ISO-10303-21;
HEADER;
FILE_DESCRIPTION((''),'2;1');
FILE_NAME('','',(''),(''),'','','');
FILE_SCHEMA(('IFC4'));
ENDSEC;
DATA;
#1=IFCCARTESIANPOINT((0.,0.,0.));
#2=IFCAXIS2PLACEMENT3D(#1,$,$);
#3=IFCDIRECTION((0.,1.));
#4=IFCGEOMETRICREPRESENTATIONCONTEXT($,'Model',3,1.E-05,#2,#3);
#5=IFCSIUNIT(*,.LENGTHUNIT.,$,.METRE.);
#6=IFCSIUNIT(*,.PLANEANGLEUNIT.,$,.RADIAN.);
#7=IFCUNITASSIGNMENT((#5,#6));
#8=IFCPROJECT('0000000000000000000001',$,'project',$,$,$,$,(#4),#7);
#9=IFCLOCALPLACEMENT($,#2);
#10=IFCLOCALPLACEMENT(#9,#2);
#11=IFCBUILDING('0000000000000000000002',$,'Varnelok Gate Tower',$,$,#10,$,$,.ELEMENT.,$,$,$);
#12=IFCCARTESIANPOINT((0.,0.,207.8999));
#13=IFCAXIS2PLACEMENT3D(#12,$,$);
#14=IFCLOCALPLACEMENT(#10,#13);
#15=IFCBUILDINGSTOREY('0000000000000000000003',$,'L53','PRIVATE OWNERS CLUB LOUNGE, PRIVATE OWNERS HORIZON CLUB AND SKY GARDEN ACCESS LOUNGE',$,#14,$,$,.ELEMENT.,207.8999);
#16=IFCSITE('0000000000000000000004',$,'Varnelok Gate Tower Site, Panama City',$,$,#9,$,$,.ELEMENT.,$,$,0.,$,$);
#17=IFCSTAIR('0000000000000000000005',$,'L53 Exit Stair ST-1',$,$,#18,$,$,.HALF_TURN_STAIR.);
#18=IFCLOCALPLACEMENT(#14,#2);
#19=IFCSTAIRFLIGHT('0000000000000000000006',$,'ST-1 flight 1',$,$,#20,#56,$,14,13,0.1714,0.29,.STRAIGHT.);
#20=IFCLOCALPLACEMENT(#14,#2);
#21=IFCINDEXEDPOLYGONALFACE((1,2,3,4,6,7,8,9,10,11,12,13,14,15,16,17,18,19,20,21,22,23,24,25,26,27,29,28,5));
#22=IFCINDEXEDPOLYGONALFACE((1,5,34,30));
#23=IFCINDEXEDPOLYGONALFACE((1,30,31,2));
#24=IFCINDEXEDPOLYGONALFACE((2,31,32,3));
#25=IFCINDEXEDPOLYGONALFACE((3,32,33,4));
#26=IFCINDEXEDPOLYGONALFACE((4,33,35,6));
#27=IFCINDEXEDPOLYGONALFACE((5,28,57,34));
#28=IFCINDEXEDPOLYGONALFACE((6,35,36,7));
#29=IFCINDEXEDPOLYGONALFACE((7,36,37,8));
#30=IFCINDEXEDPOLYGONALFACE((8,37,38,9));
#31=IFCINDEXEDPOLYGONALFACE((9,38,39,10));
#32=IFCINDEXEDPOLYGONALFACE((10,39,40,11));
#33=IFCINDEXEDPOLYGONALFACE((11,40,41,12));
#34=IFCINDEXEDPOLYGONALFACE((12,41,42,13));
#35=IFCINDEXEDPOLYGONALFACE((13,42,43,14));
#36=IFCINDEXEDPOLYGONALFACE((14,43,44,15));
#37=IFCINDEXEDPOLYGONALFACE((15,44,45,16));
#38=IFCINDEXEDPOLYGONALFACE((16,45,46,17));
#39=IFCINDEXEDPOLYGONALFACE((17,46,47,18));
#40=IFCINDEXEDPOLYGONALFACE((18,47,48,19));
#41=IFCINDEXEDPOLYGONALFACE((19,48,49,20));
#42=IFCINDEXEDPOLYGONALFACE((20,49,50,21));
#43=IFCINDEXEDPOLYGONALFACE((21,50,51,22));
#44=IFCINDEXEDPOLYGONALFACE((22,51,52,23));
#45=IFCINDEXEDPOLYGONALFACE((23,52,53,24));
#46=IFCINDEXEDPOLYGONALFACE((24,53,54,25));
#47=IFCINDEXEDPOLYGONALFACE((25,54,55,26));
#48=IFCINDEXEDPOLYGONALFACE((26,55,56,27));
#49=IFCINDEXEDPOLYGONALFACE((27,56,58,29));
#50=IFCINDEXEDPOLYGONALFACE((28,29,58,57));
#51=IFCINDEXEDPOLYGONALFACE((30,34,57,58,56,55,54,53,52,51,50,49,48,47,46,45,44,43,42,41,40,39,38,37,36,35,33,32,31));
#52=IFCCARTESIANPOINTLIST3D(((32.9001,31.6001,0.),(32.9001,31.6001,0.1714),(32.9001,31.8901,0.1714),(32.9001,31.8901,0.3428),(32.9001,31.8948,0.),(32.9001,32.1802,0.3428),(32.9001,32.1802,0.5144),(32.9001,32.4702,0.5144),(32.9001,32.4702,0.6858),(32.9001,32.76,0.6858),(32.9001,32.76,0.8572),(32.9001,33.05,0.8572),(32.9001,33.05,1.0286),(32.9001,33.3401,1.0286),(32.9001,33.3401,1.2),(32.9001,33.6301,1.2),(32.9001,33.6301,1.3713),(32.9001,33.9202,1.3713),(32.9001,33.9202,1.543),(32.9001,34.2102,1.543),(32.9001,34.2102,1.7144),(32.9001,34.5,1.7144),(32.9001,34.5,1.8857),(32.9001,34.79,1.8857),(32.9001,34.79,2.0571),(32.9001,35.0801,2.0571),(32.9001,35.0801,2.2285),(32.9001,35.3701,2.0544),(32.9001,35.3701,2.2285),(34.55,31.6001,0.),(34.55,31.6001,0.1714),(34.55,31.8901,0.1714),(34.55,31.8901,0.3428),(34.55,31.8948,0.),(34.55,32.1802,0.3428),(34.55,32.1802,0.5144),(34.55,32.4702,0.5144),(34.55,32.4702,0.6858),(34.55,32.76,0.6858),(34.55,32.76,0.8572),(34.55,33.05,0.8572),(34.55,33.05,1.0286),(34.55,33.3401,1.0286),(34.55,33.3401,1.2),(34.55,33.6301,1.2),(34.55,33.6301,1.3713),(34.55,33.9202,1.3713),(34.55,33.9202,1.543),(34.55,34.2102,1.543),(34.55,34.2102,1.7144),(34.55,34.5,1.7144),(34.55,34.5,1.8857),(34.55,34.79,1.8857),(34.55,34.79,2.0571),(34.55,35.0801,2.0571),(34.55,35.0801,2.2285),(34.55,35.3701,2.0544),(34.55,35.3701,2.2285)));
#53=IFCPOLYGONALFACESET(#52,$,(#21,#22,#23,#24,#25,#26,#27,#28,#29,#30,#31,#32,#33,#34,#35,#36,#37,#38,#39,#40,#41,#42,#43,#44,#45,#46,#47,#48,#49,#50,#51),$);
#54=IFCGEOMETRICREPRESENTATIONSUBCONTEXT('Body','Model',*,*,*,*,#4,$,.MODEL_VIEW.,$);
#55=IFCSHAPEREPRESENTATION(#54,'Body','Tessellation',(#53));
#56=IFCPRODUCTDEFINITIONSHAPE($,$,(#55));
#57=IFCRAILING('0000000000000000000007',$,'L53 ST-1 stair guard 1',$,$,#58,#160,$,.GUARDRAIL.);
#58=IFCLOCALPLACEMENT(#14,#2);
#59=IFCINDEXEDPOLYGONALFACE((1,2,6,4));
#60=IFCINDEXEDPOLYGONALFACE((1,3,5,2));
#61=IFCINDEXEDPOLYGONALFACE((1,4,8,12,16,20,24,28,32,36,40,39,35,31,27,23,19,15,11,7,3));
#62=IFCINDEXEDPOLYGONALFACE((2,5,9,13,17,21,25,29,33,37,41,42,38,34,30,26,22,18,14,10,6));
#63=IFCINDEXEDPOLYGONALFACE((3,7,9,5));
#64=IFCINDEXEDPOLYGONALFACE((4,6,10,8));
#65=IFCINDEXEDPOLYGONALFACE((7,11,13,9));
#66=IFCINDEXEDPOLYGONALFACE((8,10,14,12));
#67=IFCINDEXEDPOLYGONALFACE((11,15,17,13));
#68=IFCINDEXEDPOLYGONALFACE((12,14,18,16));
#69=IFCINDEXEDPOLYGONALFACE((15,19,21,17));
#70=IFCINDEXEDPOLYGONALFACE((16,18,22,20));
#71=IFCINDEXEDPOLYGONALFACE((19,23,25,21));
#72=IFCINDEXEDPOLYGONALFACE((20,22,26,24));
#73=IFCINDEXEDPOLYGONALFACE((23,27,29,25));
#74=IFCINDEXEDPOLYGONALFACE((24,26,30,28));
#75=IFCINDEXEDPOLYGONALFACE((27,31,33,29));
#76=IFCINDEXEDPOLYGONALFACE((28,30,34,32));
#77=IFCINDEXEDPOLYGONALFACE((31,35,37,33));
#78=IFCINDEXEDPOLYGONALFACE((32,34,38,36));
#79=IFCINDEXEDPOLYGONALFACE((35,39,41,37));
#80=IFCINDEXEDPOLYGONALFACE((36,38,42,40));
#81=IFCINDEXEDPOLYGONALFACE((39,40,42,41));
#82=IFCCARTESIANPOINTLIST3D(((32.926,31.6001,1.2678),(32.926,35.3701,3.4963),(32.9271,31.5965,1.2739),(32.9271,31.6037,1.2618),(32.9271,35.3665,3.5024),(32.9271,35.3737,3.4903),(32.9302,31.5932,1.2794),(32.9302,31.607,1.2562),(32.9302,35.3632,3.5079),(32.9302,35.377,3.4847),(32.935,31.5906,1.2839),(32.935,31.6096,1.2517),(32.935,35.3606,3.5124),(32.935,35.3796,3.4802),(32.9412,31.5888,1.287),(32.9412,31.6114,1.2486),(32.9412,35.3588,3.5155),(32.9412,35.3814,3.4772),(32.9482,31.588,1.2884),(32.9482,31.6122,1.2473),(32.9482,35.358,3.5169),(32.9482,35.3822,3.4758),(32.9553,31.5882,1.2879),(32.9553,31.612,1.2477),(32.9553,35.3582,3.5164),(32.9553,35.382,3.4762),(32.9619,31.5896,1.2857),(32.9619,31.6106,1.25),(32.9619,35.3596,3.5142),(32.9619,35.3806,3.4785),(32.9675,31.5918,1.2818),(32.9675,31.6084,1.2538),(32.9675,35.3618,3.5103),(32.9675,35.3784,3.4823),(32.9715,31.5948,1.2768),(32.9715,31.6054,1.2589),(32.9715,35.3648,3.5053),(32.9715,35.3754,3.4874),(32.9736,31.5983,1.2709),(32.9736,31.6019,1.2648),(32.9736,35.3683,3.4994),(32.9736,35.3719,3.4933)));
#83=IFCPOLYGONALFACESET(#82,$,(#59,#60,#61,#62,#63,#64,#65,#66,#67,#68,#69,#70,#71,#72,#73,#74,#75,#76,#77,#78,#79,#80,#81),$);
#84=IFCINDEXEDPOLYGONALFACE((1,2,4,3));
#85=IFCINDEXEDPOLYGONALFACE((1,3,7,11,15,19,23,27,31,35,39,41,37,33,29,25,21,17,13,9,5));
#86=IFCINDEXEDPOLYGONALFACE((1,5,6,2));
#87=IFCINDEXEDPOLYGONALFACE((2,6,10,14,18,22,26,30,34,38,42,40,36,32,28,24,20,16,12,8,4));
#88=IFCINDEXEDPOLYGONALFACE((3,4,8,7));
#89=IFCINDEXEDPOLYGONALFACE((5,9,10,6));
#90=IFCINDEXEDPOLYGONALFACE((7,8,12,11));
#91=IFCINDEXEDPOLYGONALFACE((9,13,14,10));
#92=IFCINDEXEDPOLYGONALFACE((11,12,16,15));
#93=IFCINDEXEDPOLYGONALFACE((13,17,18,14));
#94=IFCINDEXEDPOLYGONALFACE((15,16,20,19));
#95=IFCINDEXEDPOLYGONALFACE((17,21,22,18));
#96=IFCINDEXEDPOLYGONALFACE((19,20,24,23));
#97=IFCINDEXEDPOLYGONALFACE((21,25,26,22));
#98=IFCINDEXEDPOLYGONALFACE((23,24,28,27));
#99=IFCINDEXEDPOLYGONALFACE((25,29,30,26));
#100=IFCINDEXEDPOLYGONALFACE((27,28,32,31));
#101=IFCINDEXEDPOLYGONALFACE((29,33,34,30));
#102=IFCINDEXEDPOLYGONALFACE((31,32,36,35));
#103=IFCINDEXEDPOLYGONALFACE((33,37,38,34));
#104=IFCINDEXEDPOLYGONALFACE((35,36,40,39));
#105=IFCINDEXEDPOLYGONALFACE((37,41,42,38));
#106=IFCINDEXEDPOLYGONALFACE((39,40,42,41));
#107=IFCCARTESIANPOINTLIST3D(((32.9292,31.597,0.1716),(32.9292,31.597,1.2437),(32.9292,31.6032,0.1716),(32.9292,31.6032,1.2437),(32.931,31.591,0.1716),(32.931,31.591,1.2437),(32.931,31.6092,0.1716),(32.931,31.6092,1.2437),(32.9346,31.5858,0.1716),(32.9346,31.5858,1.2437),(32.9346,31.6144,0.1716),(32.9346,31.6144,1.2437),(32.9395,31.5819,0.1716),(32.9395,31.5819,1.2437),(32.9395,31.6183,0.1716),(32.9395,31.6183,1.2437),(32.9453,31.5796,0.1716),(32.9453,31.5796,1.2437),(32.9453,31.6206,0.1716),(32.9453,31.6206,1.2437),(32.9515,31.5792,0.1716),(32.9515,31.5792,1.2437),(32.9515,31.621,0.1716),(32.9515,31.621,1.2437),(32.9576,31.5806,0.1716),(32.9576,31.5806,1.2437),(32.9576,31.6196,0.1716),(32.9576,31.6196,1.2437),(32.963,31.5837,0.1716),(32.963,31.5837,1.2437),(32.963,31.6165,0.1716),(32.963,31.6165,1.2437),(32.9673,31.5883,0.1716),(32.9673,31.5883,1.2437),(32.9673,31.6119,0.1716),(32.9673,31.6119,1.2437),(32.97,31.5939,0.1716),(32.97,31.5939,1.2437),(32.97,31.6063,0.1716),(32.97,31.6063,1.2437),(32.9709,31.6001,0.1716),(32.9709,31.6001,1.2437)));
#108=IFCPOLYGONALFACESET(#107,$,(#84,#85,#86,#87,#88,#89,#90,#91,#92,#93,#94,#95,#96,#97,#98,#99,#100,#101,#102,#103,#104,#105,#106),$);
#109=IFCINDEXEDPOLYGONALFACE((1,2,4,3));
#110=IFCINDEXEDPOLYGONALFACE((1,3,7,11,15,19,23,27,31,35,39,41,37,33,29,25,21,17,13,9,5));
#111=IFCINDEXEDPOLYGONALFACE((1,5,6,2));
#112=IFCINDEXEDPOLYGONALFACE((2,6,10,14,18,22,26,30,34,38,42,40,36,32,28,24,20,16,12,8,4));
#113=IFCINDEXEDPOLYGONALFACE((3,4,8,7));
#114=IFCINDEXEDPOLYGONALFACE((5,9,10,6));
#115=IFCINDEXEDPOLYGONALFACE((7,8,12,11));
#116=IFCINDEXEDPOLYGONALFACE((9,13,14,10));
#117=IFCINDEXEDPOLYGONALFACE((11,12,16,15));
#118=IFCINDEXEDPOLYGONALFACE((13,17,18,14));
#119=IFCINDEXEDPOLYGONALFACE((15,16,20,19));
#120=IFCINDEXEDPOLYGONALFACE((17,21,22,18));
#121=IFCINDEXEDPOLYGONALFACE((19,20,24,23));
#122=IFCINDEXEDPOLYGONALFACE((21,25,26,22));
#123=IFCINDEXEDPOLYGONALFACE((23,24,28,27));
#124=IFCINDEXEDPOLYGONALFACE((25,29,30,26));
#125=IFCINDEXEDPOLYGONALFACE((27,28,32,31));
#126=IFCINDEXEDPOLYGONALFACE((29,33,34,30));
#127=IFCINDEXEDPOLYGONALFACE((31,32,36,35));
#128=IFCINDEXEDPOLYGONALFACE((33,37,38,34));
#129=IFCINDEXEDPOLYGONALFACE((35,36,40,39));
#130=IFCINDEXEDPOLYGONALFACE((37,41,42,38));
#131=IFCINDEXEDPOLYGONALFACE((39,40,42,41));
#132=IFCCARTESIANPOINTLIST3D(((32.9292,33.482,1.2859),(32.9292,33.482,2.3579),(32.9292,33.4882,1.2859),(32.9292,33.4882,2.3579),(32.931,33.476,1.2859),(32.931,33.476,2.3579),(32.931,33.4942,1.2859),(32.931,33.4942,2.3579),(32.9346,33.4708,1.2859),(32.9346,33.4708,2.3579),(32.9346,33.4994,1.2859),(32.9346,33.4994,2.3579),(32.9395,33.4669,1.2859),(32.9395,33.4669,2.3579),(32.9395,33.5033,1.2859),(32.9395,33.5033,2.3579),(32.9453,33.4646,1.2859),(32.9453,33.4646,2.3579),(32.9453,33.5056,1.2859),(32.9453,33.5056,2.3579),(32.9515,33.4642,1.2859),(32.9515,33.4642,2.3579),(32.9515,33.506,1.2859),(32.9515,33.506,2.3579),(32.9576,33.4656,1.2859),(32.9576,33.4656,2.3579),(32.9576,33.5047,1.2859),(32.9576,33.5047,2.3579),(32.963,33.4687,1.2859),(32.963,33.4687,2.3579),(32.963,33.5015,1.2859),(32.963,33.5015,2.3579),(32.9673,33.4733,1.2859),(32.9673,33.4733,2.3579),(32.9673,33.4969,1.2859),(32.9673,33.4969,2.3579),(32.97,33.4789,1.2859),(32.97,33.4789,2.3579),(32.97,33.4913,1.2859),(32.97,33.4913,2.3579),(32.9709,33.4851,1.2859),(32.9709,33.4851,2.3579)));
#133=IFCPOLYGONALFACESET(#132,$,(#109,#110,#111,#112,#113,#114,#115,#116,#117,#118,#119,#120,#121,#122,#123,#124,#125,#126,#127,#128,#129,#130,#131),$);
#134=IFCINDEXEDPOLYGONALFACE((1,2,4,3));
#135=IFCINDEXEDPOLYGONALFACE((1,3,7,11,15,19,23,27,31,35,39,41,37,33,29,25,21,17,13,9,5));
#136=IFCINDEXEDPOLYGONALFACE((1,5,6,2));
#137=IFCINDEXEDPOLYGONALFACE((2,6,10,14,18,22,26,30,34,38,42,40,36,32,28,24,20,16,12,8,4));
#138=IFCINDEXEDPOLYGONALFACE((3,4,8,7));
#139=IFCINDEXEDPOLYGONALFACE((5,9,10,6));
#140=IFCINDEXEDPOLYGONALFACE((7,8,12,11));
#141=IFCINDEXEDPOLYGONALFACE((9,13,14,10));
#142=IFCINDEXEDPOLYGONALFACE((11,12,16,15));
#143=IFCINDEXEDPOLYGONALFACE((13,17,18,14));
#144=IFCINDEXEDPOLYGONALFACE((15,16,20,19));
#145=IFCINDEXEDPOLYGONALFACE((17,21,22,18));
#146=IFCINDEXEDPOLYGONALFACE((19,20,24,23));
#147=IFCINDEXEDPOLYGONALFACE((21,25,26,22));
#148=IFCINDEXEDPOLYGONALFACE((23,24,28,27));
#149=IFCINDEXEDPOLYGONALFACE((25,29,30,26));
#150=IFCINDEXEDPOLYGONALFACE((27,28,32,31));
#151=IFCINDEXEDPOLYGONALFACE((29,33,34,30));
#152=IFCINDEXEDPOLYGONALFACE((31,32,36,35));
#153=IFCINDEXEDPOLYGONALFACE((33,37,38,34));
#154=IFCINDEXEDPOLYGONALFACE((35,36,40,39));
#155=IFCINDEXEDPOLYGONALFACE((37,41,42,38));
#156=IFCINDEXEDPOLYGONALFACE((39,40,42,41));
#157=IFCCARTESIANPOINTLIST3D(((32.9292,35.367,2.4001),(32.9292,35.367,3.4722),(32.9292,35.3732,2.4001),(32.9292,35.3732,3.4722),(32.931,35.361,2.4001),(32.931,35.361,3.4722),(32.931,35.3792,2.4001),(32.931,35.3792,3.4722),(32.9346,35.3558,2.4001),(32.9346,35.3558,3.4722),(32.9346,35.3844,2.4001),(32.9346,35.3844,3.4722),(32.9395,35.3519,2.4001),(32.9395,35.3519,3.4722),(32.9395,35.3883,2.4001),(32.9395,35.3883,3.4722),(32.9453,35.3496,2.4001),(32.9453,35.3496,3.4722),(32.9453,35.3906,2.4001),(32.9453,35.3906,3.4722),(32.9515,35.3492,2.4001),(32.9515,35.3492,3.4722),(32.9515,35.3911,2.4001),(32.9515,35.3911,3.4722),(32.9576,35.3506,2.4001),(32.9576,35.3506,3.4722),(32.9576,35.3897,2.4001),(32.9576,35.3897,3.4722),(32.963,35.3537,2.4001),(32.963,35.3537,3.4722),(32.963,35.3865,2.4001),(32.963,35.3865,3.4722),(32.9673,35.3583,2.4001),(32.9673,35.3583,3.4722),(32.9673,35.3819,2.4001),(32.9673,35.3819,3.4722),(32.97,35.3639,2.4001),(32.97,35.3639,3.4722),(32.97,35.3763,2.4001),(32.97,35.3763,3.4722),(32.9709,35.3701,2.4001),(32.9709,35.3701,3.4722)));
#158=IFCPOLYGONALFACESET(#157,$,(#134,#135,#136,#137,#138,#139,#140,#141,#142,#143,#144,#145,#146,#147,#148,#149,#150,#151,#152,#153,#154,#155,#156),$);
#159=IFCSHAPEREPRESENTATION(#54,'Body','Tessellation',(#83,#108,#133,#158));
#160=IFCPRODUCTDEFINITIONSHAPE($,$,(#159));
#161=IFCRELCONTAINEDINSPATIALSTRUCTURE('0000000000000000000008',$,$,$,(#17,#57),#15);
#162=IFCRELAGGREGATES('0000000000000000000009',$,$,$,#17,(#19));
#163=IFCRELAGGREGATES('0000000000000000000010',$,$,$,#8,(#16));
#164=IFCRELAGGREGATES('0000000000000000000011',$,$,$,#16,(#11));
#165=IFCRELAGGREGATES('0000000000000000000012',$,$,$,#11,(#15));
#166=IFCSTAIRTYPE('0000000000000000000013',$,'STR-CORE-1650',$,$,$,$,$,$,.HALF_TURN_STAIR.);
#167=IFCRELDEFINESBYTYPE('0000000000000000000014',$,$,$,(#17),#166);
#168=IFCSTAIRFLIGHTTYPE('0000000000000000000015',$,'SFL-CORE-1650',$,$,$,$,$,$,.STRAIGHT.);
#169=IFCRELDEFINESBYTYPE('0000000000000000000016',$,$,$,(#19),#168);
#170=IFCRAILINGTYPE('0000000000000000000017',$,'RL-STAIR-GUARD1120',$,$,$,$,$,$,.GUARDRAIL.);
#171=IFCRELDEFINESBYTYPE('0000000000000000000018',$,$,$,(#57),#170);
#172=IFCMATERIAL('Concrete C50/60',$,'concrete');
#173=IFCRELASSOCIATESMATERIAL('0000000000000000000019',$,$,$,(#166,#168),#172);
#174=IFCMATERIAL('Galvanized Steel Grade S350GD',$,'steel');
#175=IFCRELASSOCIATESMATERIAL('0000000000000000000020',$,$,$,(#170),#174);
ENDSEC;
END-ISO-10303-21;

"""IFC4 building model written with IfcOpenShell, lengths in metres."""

from ifc_helpers import new_model, si_unit, direction, frame, origin, origin_2d, place, context, subcontext, project, spatial, polyline, circle, outline, extrude, material, type_object, element, aggregate, save


model = new_model("IFC4")

# Units and contexts
model_context = context("Model", 3, precision=1e-05, world=origin(), true_north=direction((0.0, 1.0)))
body_context = subcontext(model_context, "Body", "Model", "MODEL_VIEW")
ifc_project = project(units=[si_unit("LENGTHUNIT", "METRE"), si_unit("PLANEANGLEUNIT", "RADIAN")], contexts=[model_context])

# Site, building, storey
site_placement = place(None, origin())
site = spatial("IfcSite", under=ifc_project, at=site_placement, Name="Varnelok Gate Tower Site, Panama City", CompositionType="ELEMENT", RefElevation=0.0)
building_placement = place(site_placement, origin())
building = spatial("IfcBuilding", under=site, at=building_placement, Name="Varnelok Gate Tower", CompositionType="ELEMENT")
storey_placement = place(building_placement, frame((0.0, 0.0, 207.8999)))
storey = spatial("IfcBuildingStorey", under=building, at=storey_placement, Name="L53", Description="PRIVATE OWNERS CLUB LOUNGE, PRIVATE OWNERS HORIZON CLUB AND SKY GARDEN ACCESS LOUNGE", CompositionType="ELEMENT", Elevation=207.8999)

# Shared definitions
ifc_material_1 = material(Name="Galvanized Steel Grade S350GD", Category="steel")

# Stair, stair flight
ifc_material_2 = material(Name="Concrete C50/60", Category="concrete")
stair_type = type_object("IfcStairType", Name="STR-CORE-1650", PredefinedType="HALF_TURN_STAIR", material=ifc_material_2)
stair_placement = place(storey_placement, origin())
stair = element("IfcStair", 1, at=stair_placement, inside=storey, type_object=stair_type, Name="L53 Exit Stair ST-1", PredefinedType="HALF_TURN_STAIR")
stair_flight_type = type_object("IfcStairFlightType", Name="SFL-CORE-1650", PredefinedType="STRAIGHT", material=ifc_material_2)
stair_flight_placement = place(storey_placement, frame((33.7251, 31.6001, 0.0), z_axis=(0.0, 0.0, 1.0), x_axis=(0.0, 1.0, 0.0)))
stair_flight = element("IfcStairFlight", 2, at=stair_flight_placement, type_object=stair_flight_type, Name="ST-1 flight 1", NumberOfRisers=14, NumberOfTreads=13, PredefinedType="STRAIGHT", RiserHeight=0.1714, TreadLength=0.29, context=body_context, shape_type="SweptSolid", body=[
    extrude(outline(polyline([(0.0, 0.0), (0.0, 0.1714), (0.29, 0.1714), (0.29, 0.3428), (0.5801, 0.3428), (0.5801, 0.5144), (0.8701, 0.5144), (0.8701, 0.6858), (1.1599, 0.6858), (1.1599, 0.8572), (1.45, 0.8572), (1.45, 1.0286), (1.74, 1.0286), (1.74, 1.2), (2.03, 1.2), (2.03, 1.3713), (2.3201, 1.3713), (2.3201, 1.543), (2.6101, 1.543), (2.6101, 1.7144), (2.8999, 1.7144), (2.8999, 1.8857), (3.1899, 1.8857), (3.1899, 2.0571), (3.48, 2.0571), (3.48, 2.2285), (3.77, 2.2285), (3.77, 2.3999), (3.77, 2.0544), (0.2947, 0.0), (0.0, 0.0)])), frame((0.0, 0.825, 0.0), z_axis=(0.0, -1.0, 0.0), x_axis=(1.0, 0.0, 0.0)), (0.0, 0.0, 1.0), 1.6499),
])
aggregate(stair, [stair_flight])

# Railing
railing_type_1 = type_object("IfcRailingType", Name="RL-STAIR-GUARD1120", PredefinedType="GUARDRAIL", material=ifc_material_1)
railing_1_placement = place(storey_placement, frame((32.95, 31.6001, 0.1716)))
element("IfcRailing", 3, at=railing_1_placement, inside=storey, type_object=railing_type_1, Name="L53 ST-1 stair guard 1", PredefinedType="GUARDRAIL", context=body_context, shape_type="SweptSolid", body=[
    extrude(circle(Radius=0.0239, at=origin_2d()), frame((0.0, 0.0, 1.0962), z_axis=(0.0, 0.860849, 0.508861), x_axis=(-1.0, 0.0, 0.0)), (0.0, 0.0, 1.0), 4.3794),
    extrude(circle(Radius=0.021, at=origin_2d()), origin(), (0.0, 0.0, 1.0), 1.072),
    extrude(circle(Radius=0.021, at=origin_2d()), frame((0.0, 1.885, 1.1143)), (0.0, 0.0, 1.0), 1.072),
    extrude(circle(Radius=0.021, at=origin_2d()), frame((0.0, 3.77, 2.2285)), (0.0, 0.0, 1.0), 1.072),
])

save(model, "model.ifc")
